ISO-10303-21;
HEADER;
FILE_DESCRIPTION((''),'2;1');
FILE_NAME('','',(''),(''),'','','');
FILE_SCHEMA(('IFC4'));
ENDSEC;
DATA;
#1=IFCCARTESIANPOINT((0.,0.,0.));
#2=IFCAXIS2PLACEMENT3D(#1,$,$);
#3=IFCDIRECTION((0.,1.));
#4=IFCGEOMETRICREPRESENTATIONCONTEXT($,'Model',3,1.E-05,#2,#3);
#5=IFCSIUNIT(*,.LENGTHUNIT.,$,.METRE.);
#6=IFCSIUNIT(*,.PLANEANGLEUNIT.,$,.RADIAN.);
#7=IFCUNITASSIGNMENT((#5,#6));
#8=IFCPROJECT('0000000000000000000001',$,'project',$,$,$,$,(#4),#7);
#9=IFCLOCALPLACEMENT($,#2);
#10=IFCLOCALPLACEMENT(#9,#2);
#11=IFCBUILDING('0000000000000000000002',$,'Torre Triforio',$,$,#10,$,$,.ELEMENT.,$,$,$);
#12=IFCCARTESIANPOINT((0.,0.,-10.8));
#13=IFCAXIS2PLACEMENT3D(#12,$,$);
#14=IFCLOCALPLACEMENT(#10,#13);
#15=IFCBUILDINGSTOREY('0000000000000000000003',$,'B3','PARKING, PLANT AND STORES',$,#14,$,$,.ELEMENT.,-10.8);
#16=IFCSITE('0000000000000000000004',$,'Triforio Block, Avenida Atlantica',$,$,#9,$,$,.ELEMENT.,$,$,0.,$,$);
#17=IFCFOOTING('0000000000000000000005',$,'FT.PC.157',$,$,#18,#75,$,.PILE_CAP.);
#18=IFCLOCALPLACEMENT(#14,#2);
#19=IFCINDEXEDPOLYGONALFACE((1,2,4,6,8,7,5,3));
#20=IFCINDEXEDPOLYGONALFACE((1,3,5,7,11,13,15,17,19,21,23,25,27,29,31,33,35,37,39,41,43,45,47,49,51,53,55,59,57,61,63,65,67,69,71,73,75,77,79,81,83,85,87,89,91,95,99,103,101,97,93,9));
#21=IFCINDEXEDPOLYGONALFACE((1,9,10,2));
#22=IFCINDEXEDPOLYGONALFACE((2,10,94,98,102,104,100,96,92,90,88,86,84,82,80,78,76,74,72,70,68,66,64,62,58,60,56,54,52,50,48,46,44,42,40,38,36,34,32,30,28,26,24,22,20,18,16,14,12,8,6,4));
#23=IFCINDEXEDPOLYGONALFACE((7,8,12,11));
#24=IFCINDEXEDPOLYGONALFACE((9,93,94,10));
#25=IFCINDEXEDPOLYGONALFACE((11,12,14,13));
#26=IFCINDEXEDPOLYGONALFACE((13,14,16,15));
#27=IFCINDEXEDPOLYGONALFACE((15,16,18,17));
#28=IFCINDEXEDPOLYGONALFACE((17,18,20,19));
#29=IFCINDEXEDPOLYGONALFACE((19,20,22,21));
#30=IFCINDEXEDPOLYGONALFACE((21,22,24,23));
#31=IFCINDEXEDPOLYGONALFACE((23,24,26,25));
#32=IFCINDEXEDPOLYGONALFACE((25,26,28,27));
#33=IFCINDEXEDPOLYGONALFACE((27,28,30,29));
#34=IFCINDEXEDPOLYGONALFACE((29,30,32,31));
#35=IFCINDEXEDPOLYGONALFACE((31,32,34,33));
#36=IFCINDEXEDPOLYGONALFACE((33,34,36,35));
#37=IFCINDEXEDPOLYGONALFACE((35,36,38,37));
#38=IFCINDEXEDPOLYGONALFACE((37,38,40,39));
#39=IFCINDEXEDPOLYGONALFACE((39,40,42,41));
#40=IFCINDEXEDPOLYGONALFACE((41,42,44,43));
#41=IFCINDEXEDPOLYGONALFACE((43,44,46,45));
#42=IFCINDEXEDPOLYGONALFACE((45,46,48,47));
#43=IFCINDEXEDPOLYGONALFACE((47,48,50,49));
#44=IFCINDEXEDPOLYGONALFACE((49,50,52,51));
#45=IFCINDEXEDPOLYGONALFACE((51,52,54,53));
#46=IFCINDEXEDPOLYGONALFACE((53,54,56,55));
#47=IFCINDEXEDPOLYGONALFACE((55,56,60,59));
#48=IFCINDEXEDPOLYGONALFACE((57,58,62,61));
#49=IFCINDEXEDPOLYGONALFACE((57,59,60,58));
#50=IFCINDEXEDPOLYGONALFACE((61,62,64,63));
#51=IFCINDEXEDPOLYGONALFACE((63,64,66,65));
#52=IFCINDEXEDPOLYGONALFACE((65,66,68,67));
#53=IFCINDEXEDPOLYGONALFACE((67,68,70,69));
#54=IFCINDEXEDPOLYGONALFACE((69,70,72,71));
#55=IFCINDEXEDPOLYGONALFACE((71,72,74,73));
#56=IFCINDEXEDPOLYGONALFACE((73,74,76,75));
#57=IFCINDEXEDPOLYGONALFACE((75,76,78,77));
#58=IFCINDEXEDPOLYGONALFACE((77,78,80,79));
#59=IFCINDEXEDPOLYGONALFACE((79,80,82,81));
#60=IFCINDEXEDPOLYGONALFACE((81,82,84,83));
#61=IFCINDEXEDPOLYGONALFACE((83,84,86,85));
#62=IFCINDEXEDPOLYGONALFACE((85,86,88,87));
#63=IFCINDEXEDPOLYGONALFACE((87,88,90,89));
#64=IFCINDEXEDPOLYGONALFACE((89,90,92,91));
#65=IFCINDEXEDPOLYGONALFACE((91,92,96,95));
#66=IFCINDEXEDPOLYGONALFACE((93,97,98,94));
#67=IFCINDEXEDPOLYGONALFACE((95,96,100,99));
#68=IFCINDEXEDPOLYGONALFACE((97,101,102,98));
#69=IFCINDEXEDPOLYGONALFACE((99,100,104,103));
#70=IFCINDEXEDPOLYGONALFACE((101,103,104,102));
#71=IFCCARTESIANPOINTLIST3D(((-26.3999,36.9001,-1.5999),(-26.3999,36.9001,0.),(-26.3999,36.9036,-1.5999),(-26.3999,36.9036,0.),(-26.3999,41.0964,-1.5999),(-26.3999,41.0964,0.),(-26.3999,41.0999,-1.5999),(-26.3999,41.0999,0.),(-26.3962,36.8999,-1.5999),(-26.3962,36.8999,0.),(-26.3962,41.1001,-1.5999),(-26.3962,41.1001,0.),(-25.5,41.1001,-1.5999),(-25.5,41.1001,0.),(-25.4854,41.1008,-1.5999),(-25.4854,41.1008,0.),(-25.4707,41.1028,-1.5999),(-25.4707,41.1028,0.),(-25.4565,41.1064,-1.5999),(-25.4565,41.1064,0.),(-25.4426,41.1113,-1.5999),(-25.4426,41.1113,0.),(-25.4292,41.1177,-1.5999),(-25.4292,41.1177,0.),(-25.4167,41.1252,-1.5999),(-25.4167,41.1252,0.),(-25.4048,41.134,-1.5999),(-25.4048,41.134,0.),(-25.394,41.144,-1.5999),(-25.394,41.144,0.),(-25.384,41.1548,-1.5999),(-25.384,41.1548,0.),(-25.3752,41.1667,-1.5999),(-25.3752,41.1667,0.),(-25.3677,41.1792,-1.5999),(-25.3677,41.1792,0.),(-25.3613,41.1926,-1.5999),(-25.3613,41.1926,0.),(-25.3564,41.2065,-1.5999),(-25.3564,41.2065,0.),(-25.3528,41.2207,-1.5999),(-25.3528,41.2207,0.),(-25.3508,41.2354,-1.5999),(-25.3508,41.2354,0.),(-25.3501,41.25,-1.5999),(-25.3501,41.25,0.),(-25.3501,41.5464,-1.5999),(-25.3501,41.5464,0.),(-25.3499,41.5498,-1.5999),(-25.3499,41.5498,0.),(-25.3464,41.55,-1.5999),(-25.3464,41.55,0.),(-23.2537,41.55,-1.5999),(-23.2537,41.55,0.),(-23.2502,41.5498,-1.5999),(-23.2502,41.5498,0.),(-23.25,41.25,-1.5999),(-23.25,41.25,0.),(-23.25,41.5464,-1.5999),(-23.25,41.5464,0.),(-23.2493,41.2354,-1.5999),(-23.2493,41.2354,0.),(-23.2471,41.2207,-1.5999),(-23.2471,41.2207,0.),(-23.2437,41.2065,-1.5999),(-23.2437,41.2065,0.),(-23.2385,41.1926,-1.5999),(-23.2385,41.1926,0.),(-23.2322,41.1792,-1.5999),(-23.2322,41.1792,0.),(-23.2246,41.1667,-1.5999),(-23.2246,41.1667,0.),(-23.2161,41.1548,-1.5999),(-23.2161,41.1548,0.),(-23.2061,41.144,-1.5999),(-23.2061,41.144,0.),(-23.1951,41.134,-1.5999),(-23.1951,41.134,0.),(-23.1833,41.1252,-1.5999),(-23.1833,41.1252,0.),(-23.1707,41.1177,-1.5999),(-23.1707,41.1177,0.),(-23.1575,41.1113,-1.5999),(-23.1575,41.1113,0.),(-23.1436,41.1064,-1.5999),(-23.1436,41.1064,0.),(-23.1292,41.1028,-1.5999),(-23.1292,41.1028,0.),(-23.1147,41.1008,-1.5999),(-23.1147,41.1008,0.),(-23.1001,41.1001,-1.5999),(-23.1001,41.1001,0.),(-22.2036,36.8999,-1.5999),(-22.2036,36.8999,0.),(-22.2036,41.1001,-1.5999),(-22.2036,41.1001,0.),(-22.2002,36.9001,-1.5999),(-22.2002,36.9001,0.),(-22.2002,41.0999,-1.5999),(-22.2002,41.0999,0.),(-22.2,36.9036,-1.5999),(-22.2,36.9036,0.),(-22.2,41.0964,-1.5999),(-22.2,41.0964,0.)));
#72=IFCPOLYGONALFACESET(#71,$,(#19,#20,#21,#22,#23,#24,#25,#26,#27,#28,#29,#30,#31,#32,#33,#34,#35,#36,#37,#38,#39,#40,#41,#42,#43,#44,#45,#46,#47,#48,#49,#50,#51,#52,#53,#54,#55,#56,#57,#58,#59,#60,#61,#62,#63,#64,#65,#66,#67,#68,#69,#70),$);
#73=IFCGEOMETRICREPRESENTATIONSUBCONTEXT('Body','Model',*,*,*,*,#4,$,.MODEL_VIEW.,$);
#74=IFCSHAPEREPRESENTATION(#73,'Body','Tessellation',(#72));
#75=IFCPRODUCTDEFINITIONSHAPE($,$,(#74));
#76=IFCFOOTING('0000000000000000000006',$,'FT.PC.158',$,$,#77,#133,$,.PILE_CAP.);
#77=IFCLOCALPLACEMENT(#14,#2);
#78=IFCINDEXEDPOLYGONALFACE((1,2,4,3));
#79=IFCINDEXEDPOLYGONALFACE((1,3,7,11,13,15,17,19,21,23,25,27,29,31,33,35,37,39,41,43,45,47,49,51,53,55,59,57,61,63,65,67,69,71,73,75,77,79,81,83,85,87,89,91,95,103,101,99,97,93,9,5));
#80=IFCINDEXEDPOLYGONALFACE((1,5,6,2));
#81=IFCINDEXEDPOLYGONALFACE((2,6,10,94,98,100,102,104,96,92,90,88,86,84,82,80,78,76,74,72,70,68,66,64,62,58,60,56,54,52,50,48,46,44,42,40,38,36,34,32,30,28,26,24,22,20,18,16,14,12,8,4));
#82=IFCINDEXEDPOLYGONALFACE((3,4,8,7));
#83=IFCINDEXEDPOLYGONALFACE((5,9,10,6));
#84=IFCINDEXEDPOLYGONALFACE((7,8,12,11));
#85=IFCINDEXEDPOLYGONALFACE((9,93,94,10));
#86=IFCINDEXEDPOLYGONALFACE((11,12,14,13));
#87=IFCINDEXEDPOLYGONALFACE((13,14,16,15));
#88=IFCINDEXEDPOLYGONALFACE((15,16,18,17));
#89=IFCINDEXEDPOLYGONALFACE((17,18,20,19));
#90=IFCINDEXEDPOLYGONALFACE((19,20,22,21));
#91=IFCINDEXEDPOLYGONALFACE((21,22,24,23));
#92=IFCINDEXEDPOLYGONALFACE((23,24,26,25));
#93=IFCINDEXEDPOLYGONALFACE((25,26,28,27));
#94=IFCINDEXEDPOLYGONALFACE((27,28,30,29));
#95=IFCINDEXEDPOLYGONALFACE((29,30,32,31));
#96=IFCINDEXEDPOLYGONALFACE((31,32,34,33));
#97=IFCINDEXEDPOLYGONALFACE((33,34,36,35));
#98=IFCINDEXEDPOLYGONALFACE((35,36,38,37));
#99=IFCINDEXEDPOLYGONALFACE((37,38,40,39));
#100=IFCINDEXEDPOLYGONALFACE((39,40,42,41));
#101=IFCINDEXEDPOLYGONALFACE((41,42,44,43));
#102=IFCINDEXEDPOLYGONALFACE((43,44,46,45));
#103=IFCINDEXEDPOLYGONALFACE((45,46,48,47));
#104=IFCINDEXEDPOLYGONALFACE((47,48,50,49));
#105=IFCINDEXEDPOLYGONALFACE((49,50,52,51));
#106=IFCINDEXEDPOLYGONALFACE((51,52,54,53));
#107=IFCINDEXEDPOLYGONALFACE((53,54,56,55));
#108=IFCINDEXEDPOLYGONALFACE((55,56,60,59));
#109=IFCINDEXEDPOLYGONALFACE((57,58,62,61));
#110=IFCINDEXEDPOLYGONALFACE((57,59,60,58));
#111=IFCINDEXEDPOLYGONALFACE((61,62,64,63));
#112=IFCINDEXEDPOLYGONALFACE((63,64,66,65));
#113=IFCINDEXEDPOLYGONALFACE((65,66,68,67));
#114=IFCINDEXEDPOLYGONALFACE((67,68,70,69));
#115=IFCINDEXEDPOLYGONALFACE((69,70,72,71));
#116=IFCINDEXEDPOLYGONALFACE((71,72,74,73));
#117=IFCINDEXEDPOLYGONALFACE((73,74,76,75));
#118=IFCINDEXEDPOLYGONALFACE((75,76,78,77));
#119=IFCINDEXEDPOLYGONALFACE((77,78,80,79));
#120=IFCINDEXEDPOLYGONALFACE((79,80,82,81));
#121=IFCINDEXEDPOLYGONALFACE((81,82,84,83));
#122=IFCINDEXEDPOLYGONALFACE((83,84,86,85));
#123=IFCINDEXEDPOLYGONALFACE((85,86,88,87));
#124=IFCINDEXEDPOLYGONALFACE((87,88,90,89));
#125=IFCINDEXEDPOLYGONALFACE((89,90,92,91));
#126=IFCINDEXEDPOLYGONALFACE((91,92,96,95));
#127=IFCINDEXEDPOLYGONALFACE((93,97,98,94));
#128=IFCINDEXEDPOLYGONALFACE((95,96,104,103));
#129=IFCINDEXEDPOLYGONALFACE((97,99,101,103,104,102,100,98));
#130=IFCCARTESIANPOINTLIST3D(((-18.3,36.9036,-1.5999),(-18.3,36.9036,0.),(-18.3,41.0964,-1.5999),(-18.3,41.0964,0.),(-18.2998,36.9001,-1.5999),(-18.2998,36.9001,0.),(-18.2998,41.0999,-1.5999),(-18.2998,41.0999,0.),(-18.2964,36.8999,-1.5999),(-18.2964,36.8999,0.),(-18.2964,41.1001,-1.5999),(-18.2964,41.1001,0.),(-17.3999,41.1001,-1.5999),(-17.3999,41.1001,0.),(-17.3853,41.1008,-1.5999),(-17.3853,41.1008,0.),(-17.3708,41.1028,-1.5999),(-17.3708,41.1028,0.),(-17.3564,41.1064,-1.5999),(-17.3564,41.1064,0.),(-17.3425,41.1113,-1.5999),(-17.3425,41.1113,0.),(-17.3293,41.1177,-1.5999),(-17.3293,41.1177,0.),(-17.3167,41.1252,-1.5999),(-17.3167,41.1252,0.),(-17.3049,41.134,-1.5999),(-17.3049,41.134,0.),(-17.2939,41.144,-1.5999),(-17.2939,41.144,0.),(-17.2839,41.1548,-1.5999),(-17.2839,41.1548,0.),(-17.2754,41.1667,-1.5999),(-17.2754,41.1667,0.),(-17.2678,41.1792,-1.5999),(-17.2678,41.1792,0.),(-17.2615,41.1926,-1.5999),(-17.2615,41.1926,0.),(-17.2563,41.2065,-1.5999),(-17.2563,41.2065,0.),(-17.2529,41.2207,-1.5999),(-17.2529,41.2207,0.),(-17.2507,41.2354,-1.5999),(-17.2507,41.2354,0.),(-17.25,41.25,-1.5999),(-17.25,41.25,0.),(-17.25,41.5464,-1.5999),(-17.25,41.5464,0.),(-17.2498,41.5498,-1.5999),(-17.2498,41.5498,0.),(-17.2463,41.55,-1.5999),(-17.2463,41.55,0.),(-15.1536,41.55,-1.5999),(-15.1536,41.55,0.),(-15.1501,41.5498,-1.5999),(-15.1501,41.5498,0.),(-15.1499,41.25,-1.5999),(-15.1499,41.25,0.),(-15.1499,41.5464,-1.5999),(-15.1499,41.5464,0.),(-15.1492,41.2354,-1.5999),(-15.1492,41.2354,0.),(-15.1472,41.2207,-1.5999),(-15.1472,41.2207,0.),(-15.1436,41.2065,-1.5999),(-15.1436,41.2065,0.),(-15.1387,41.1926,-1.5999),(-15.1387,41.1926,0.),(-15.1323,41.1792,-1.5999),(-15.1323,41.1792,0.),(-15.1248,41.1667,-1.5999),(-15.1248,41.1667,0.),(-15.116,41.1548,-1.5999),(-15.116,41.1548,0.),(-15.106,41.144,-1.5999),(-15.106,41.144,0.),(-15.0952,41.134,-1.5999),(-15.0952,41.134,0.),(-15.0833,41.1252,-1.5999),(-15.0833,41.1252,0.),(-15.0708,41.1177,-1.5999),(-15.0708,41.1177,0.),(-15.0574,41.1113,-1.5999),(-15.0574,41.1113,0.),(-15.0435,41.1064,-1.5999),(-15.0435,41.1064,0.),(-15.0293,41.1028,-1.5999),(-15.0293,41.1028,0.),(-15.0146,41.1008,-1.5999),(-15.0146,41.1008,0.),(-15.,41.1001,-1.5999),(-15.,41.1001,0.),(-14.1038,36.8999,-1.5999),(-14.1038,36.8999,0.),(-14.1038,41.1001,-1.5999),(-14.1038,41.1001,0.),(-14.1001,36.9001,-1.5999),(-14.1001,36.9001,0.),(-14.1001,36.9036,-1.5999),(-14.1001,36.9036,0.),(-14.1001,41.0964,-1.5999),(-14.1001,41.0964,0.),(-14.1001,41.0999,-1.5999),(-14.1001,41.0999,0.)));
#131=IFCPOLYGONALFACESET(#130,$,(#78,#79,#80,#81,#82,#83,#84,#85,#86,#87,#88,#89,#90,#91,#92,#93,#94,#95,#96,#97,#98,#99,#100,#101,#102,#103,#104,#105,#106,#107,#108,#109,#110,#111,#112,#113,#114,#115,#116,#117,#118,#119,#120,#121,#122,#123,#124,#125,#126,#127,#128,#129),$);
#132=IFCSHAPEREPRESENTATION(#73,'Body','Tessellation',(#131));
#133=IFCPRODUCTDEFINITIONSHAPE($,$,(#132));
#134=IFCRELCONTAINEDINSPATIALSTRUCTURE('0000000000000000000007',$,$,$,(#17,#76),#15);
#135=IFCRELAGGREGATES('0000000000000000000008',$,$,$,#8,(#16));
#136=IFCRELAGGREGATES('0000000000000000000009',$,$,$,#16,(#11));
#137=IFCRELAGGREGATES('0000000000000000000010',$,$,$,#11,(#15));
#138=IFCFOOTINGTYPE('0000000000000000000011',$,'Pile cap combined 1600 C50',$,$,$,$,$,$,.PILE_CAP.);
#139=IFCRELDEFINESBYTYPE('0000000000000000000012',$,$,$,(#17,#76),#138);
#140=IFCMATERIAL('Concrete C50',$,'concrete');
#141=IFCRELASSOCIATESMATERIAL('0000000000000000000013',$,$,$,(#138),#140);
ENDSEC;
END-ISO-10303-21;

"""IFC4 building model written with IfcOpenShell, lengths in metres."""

from ifc_helpers import new_model, si_unit, direction, frame, origin, place, context, subcontext, project, spatial, polyline, outline, extrude, material, type_object, element, save


model = new_model("IFC4")

# Units and contexts
model_context = context("Model", 3, precision=1e-05, world=origin(), true_north=direction((0.0, 1.0)))
body_context = subcontext(model_context, "Body", "Model", "MODEL_VIEW")
ifc_project = project(units=[si_unit("LENGTHUNIT", "METRE"), si_unit("PLANEANGLEUNIT", "RADIAN")], contexts=[model_context])

# Site, building, storey
site_placement = place(None, origin())
site = spatial("IfcSite", under=ifc_project, at=site_placement, Name="Triforio Block, Avenida Atlantica", CompositionType="ELEMENT", RefElevation=0.0)
building_placement = place(site_placement, origin())
building = spatial("IfcBuilding", under=site, at=building_placement, Name="Torre Triforio", CompositionType="ELEMENT")
storey_placement = place(building_placement, frame((0.0, 0.0, -10.8)))
storey = spatial("IfcBuildingStorey", under=building, at=storey_placement, Name="B3", Description="PARKING, PLANT AND STORES", CompositionType="ELEMENT", Elevation=-10.8)

# Footings
ifc_material_1 = material(Name="Concrete C50", Category="concrete")
footing_type_1 = type_object("IfcFootingType", Name="Pile cap combined 1600 C50", PredefinedType="PILE_CAP", material=ifc_material_1)
footing_1_placement = place(storey_placement, frame((0.0, 0.0, -1.5999)))
element("IfcFooting", 1, at=footing_1_placement, inside=storey, type_object=footing_type_1, Name="FT.PC.157", PredefinedType="PILE_CAP", context=body_context, shape_type="SweptSolid", body=[
    extrude(outline(polyline([(-26.3999, 36.9001), (-26.3962, 36.8999), (-22.2036, 36.8999), (-22.2002, 36.9001), (-22.2, 36.9036), (-22.2, 41.0964), (-22.2002, 41.0999), (-22.2036, 41.1001), (-23.1001, 41.1001), (-23.1147, 41.1008), (-23.1292, 41.1028), (-23.1436, 41.1064), (-23.1575, 41.1113), (-23.1707, 41.1177), (-23.1833, 41.1252), (-23.1951, 41.134), (-23.2061, 41.144), (-23.2161, 41.1548), (-23.2246, 41.1667), (-23.2322, 41.1792), (-23.2385, 41.1926), (-23.2437, 41.2065), (-23.2471, 41.2207), (-23.2493, 41.2354), (-23.25, 41.25), (-23.25, 41.5464), (-23.2502, 41.5498), (-23.2537, 41.55), (-25.3464, 41.55), (-25.3499, 41.5498), (-25.3501, 41.5464), (-25.3501, 41.25), (-25.3508, 41.2354), (-25.3528, 41.2207), (-25.3564, 41.2065), (-25.3613, 41.1926), (-25.3677, 41.1792), (-25.3752, 41.1667), (-25.384, 41.1548), (-25.394, 41.144), (-25.4048, 41.134), (-25.4167, 41.1252), (-25.4292, 41.1177), (-25.4426, 41.1113), (-25.4565, 41.1064), (-25.4707, 41.1028), (-25.4854, 41.1008), (-25.5, 41.1001), (-26.3962, 41.1001), (-26.3999, 41.0999), (-26.3999, 41.0964), (-26.3999, 36.9036), (-26.3999, 36.9001)])), origin(), (0.0, 0.0, 1.0), 1.5999),
])
footing_2_placement = place(storey_placement, frame((0.0, 0.0, -1.5999)))
element("IfcFooting", 2, at=footing_2_placement, inside=storey, type_object=footing_type_1, Name="FT.PC.158", PredefinedType="PILE_CAP", context=body_context, shape_type="SweptSolid", body=[
    extrude(outline(polyline([(-18.2998, 36.9001), (-18.2964, 36.8999), (-14.1038, 36.8999), (-14.1001, 36.9001), (-14.1001, 36.9036), (-14.1001, 41.0964), (-14.1001, 41.0999), (-14.1038, 41.1001), (-15.0, 41.1001), (-15.0146, 41.1008), (-15.0293, 41.1028), (-15.0435, 41.1064), (-15.0574, 41.1113), (-15.0708, 41.1177), (-15.0833, 41.1252), (-15.0952, 41.134), (-15.106, 41.144), (-15.116, 41.1548), (-15.1248, 41.1667), (-15.1323, 41.1792), (-15.1387, 41.1926), (-15.1436, 41.2065), (-15.1472, 41.2207), (-15.1492, 41.2354), (-15.1499, 41.25), (-15.1499, 41.5464), (-15.1501, 41.5498), (-15.1536, 41.55), (-17.2463, 41.55), (-17.2498, 41.5498), (-17.25, 41.5464), (-17.25, 41.25), (-17.2507, 41.2354), (-17.2529, 41.2207), (-17.2563, 41.2065), (-17.2615, 41.1926), (-17.2678, 41.1792), (-17.2754, 41.1667), (-17.2839, 41.1548), (-17.2939, 41.144), (-17.3049, 41.134), (-17.3167, 41.1252), (-17.3293, 41.1177), (-17.3425, 41.1113), (-17.3564, 41.1064), (-17.3708, 41.1028), (-17.3853, 41.1008), (-17.3999, 41.1001), (-18.2964, 41.1001), (-18.2998, 41.0999), (-18.3, 41.0964), (-18.3, 36.9036), (-18.2998, 36.9001)])), origin(), (0.0, 0.0, 1.0), 1.5999),
])

save(model, "model.ifc")
